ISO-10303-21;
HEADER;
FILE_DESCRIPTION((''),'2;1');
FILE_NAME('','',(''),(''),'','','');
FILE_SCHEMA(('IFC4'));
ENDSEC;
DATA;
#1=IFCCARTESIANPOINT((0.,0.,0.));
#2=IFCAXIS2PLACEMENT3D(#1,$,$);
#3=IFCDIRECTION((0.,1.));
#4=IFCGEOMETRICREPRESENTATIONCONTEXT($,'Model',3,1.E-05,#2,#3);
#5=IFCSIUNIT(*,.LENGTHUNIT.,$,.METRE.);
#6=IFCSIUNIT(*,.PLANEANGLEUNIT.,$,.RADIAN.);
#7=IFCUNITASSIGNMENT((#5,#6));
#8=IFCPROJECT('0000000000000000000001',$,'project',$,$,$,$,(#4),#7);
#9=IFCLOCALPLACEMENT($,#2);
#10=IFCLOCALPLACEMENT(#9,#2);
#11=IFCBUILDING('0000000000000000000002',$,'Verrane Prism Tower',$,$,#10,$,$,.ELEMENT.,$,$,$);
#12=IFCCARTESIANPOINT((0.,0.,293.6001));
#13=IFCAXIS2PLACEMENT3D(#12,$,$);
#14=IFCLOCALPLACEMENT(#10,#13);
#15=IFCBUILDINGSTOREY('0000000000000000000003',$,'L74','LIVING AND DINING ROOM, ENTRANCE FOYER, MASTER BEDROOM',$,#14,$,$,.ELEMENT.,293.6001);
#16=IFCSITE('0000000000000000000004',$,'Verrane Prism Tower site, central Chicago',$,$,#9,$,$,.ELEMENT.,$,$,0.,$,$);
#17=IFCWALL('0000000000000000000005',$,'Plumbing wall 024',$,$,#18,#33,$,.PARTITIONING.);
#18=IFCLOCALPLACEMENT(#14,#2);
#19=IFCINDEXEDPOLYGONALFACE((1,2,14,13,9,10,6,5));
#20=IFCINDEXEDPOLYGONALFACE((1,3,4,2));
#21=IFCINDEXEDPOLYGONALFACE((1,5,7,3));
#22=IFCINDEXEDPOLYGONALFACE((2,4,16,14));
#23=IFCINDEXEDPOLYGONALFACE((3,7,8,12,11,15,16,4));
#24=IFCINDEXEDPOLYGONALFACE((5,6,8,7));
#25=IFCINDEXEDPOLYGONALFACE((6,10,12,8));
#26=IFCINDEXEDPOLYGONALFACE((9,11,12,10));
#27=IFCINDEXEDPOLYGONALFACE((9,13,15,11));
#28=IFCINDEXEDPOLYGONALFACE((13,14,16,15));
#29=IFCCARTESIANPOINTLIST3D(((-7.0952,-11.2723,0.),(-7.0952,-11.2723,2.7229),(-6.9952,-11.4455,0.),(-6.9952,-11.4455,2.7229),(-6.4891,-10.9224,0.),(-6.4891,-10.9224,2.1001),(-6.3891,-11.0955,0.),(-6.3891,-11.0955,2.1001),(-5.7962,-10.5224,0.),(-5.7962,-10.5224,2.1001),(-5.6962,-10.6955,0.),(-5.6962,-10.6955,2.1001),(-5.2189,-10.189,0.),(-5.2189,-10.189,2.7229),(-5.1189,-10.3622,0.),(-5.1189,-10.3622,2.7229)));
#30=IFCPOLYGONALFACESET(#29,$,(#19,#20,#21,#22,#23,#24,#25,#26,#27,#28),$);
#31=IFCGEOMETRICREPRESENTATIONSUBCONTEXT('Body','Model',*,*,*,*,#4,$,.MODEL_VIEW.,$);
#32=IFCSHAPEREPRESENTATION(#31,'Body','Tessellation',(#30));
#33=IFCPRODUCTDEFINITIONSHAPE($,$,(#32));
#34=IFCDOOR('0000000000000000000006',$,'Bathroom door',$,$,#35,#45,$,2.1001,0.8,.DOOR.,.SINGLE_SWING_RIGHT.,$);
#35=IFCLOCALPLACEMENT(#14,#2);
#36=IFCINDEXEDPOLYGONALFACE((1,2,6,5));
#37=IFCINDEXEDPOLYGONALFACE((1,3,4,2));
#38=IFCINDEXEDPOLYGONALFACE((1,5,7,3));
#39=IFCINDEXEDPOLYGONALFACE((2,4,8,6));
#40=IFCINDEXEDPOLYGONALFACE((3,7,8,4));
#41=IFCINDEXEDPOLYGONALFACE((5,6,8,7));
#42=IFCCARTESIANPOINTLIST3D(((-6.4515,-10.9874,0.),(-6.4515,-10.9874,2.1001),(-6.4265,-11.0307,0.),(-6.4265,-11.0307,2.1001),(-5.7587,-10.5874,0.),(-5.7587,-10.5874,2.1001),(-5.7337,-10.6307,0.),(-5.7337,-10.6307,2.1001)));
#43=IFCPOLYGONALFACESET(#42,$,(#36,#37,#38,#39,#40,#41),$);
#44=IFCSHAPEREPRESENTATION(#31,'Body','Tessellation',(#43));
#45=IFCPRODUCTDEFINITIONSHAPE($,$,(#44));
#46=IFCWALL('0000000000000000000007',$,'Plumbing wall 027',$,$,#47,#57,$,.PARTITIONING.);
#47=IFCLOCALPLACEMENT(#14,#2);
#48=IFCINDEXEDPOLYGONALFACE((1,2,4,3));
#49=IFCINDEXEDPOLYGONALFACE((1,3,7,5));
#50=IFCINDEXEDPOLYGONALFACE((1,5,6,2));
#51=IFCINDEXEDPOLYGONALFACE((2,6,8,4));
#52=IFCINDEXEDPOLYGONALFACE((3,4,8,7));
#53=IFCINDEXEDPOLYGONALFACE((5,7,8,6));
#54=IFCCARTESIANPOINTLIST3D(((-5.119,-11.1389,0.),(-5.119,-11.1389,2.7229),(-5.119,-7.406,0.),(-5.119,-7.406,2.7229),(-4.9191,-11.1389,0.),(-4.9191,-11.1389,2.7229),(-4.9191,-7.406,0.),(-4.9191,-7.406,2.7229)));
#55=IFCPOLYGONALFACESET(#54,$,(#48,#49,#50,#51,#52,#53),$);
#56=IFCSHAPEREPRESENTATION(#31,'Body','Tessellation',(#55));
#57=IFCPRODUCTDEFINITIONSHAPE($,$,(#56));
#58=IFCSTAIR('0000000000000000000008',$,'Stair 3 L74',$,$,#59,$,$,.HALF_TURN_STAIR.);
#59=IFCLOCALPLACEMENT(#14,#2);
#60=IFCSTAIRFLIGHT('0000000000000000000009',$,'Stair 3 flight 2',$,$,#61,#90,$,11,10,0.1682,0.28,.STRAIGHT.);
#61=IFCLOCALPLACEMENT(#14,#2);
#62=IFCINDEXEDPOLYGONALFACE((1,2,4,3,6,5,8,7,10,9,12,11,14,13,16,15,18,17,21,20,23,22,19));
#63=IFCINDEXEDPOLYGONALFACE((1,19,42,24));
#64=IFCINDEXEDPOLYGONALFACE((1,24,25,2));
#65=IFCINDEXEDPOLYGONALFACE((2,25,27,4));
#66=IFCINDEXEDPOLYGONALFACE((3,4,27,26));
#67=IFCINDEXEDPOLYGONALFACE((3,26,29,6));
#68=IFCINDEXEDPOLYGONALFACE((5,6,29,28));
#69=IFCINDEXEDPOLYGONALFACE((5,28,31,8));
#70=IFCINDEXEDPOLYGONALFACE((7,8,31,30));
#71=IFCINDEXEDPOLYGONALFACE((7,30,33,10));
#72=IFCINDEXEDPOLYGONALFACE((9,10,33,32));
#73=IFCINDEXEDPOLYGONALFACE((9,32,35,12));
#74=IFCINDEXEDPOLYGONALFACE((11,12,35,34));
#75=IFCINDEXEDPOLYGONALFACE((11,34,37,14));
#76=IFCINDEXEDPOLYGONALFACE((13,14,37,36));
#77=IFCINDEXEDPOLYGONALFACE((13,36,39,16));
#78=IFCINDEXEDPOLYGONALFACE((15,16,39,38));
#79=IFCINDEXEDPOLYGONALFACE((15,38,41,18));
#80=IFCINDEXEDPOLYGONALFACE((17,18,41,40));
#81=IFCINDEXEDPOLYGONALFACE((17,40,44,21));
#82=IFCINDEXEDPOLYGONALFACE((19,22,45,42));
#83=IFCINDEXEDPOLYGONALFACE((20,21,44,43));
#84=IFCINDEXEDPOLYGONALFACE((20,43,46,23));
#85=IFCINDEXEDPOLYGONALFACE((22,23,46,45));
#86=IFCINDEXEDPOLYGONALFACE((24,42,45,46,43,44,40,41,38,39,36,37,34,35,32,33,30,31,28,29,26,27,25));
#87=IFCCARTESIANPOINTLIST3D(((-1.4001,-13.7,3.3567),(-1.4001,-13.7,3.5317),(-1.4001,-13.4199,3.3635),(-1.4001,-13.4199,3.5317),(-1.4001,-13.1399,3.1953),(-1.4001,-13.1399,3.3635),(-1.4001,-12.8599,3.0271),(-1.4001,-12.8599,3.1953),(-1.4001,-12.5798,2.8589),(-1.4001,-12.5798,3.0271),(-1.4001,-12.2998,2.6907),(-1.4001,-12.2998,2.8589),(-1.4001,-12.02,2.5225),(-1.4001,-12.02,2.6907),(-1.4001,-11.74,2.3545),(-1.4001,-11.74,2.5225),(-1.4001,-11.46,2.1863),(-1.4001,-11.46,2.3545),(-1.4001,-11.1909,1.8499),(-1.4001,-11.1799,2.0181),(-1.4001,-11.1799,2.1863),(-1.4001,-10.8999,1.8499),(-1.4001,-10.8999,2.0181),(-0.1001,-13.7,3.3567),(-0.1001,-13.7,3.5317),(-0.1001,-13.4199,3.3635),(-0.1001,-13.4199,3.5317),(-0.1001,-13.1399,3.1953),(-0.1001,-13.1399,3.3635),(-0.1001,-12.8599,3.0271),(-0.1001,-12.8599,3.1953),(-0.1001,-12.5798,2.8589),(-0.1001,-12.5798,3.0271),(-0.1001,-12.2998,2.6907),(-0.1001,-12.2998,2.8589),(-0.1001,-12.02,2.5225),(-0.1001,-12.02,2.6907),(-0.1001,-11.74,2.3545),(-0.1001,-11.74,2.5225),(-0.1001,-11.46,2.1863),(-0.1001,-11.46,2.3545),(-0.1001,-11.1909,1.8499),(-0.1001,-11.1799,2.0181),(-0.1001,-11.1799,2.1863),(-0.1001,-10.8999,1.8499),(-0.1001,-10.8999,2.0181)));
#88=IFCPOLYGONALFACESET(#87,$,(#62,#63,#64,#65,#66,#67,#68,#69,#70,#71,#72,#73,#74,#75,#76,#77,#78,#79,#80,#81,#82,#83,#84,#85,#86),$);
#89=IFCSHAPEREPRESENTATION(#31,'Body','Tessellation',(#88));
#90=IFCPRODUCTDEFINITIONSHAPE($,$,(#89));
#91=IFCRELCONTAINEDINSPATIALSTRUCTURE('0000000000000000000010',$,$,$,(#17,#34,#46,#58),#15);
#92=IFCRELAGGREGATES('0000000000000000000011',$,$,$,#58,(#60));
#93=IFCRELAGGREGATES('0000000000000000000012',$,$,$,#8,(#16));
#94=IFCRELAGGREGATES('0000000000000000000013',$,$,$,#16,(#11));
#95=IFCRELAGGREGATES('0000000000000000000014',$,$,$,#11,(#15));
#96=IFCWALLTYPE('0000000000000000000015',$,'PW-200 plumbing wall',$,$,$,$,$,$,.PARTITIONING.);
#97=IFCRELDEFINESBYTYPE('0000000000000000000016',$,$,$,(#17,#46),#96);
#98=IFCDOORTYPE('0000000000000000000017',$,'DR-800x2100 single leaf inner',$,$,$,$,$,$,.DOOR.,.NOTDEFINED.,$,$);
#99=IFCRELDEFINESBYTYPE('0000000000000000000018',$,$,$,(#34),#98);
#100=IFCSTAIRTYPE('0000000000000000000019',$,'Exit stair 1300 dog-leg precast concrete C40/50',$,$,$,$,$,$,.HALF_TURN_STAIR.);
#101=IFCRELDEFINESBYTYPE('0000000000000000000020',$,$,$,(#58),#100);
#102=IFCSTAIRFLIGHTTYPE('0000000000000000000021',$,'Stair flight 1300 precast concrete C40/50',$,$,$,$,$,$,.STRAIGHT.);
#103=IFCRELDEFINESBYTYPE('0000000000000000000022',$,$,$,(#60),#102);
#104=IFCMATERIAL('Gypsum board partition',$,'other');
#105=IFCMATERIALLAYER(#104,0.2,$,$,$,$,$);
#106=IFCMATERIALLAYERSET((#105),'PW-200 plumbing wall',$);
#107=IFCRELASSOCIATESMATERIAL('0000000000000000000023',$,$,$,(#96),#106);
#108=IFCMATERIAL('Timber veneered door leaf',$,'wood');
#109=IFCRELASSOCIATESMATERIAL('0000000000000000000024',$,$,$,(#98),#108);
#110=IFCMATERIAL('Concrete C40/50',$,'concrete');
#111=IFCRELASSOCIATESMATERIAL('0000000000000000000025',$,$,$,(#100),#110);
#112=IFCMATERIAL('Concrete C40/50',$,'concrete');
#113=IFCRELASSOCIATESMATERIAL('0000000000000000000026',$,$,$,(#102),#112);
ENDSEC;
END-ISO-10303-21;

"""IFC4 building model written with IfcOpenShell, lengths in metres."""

from ifc_helpers import new_model, si_unit, direction, frame, frame_2d, origin, place, context, subcontext, project, spatial, polyline, rectangle, outline, extrude, material, layer, layer_set, type_object, element, fill, aggregate, save


model = new_model("IFC4")

# Units and contexts
model_context = context("Model", 3, precision=1e-05, world=origin(), true_north=direction((0.0, 1.0)))
body_context = subcontext(model_context, "Body", "Model", "MODEL_VIEW")
ifc_project = project(units=[si_unit("LENGTHUNIT", "METRE"), si_unit("PLANEANGLEUNIT", "RADIAN")], contexts=[model_context])

# Site, building, storey
site_placement = place(None, origin())
site = spatial("IfcSite", under=ifc_project, at=site_placement, Name="Verrane Prism Tower site, central Chicago", CompositionType="ELEMENT", RefElevation=0.0)
building_placement = place(site_placement, origin())
building = spatial("IfcBuilding", under=site, at=building_placement, Name="Verrane Prism Tower", CompositionType="ELEMENT")
storey_placement = place(building_placement, frame((0.0, 0.0, 293.6001)))
storey = spatial("IfcBuildingStorey", under=building, at=storey_placement, Name="L74", Description="LIVING AND DINING ROOM, ENTRANCE FOYER, MASTER BEDROOM", CompositionType="ELEMENT", Elevation=293.6001)

# Shared definitions
ifc_material_1 = material(Name="Gypsum board partition", Category="other")
ifc_layer_1 = layer(ifc_material_1, 0.2)
ifc_layer_set_1 = layer_set([ifc_layer_1], Name="PW-200 plumbing wall")
wall_type_1 = type_object("IfcWallType", Name="PW-200 plumbing wall", PredefinedType="PARTITIONING", material=ifc_layer_set_1)

# Wall, opening, door
wall_1_placement = place(storey_placement, frame((-7.0452, -11.3589, 0.0), z_axis=(0.0, 0.0, 1.0), x_axis=(0.866022, 0.500005, 0.0)))
wall_1 = element("IfcWall", 1, at=wall_1_placement, inside=storey, type_object=wall_type_1, Name="Plumbing wall 024", PredefinedType="PARTITIONING", context=body_context, shape_type="SweptSolid", body=[
    extrude(rectangle(XDim=2.1665, YDim=0.2, at=frame_2d((1.0833, 0.0))), origin(), (0.0, 0.0, 1.0), 2.7229),
])
opening_1_placement = place(wall_1_placement, frame((0.7, 0.0, 0.0)))
opening_1 = element("IfcOpeningElement", 2, at=opening_1_placement, cuts=wall_1, PredefinedType="OPENING", context=body_context, shape_type="SweptSolid", body=[
    extrude(rectangle(XDim=0.8, YDim=2.1001, at=frame_2d((0.3999, 1.05))), frame((0.0, 0.1099, 0.0), z_axis=(0.0, -1.0, 0.0), x_axis=(1.0, 0.0, 0.0)), (0.0, 0.0, 1.0), 0.22),
])
ifc_material_2 = material(Name="Timber veneered door leaf", Category="wood")
door_type_1 = type_object("IfcDoorType", Name="DR-800x2100 single leaf inner", OperationType="NOTDEFINED", PredefinedType="DOOR", material=ifc_material_2)
door_1_placement = place(opening_1_placement, origin())
door_1 = element("IfcDoor", 3, at=door_1_placement, inside=storey, type_object=door_type_1, Name="Bathroom door", OperationType="SINGLE_SWING_RIGHT", OverallHeight=2.1001, OverallWidth=0.8, PredefinedType="DOOR", context=body_context, shape_type="SweptSolid", body=[
    extrude(rectangle(XDim=0.8, YDim=2.1001, at=frame_2d((0.3999, 1.05))), frame((0.0, 0.0249, 0.0), z_axis=(0.0, -1.0, 0.0), x_axis=(1.0, 0.0, 0.0)), (0.0, 0.0, 1.0), 0.05),
])
fill(opening_1, door_1)

# Wall
wall_2_placement = place(storey_placement, frame((-5.019, -11.1389, 0.0), z_axis=(0.0, 0.0, 1.0), x_axis=(0.0, 1.0, 0.0)))
element("IfcWall", 4, at=wall_2_placement, inside=storey, type_object=wall_type_1, Name="Plumbing wall 027", PredefinedType="PARTITIONING", context=body_context, shape_type="SweptSolid", body=[
    extrude(rectangle(XDim=3.7329, YDim=0.2, at=frame_2d((1.8665, 0.0))), origin(), (0.0, 0.0, 1.0), 2.7229),
])

# Stair, stair flight
ifc_material_3 = material(Name="Concrete C40/50", Category="concrete")
stair_type = type_object("IfcStairType", Name="Exit stair 1300 dog-leg precast concrete C40/50", PredefinedType="HALF_TURN_STAIR", material=ifc_material_3)
stair_placement = place(storey_placement, origin())
stair = element("IfcStair", 5, at=stair_placement, inside=storey, type_object=stair_type, Name="Stair 3 L74", PredefinedType="HALF_TURN_STAIR")
ifc_material_4 = material(Name="Concrete C40/50", Category="concrete")
stair_flight_type = type_object("IfcStairFlightType", Name="Stair flight 1300 precast concrete C40/50", PredefinedType="STRAIGHT", material=ifc_material_4)
stair_flight_placement = place(storey_placement, frame((-0.75, -10.8999, 1.8499), z_axis=(0.0, 0.0, 1.0), x_axis=(0.0, -1.0, 0.0)))
stair_flight = element("IfcStairFlight", 6, at=stair_flight_placement, type_object=stair_flight_type, Name="Stair 3 flight 2", NumberOfRisers=11, NumberOfTreads=10, PredefinedType="STRAIGHT", RiserHeight=0.1682, TreadLength=0.28, context=body_context, shape_type="SweptSolid", body=[
    extrude(outline(polyline([(0.0, 0.0), (0.0, 0.1682), (0.28, 0.1682), (0.28, 0.3364), (0.5601, 0.3364), (0.5601, 0.5046), (0.8401, 0.5046), (0.8401, 0.6726), (1.1201, 0.6726), (1.1201, 0.8408), (1.3999, 0.8408), (1.3999, 1.009), (1.6799, 1.009), (1.6799, 1.1772), (1.96, 1.1772), (1.96, 1.3455), (2.24, 1.3455), (2.24, 1.5137), (2.52, 1.5137), (2.52, 1.6819), (2.8, 1.6819), (2.8, 1.8501), (2.8, 1.5068), (0.291, 0.0), (0.0, 0.0)])), frame((0.0, 0.6499, 0.0), z_axis=(0.0, -1.0, 0.0), x_axis=(1.0, 0.0, 0.0)), (0.0, 0.0, 1.0), 1.3),
])
aggregate(stair, [stair_flight])

save(model, "model.ifc")
